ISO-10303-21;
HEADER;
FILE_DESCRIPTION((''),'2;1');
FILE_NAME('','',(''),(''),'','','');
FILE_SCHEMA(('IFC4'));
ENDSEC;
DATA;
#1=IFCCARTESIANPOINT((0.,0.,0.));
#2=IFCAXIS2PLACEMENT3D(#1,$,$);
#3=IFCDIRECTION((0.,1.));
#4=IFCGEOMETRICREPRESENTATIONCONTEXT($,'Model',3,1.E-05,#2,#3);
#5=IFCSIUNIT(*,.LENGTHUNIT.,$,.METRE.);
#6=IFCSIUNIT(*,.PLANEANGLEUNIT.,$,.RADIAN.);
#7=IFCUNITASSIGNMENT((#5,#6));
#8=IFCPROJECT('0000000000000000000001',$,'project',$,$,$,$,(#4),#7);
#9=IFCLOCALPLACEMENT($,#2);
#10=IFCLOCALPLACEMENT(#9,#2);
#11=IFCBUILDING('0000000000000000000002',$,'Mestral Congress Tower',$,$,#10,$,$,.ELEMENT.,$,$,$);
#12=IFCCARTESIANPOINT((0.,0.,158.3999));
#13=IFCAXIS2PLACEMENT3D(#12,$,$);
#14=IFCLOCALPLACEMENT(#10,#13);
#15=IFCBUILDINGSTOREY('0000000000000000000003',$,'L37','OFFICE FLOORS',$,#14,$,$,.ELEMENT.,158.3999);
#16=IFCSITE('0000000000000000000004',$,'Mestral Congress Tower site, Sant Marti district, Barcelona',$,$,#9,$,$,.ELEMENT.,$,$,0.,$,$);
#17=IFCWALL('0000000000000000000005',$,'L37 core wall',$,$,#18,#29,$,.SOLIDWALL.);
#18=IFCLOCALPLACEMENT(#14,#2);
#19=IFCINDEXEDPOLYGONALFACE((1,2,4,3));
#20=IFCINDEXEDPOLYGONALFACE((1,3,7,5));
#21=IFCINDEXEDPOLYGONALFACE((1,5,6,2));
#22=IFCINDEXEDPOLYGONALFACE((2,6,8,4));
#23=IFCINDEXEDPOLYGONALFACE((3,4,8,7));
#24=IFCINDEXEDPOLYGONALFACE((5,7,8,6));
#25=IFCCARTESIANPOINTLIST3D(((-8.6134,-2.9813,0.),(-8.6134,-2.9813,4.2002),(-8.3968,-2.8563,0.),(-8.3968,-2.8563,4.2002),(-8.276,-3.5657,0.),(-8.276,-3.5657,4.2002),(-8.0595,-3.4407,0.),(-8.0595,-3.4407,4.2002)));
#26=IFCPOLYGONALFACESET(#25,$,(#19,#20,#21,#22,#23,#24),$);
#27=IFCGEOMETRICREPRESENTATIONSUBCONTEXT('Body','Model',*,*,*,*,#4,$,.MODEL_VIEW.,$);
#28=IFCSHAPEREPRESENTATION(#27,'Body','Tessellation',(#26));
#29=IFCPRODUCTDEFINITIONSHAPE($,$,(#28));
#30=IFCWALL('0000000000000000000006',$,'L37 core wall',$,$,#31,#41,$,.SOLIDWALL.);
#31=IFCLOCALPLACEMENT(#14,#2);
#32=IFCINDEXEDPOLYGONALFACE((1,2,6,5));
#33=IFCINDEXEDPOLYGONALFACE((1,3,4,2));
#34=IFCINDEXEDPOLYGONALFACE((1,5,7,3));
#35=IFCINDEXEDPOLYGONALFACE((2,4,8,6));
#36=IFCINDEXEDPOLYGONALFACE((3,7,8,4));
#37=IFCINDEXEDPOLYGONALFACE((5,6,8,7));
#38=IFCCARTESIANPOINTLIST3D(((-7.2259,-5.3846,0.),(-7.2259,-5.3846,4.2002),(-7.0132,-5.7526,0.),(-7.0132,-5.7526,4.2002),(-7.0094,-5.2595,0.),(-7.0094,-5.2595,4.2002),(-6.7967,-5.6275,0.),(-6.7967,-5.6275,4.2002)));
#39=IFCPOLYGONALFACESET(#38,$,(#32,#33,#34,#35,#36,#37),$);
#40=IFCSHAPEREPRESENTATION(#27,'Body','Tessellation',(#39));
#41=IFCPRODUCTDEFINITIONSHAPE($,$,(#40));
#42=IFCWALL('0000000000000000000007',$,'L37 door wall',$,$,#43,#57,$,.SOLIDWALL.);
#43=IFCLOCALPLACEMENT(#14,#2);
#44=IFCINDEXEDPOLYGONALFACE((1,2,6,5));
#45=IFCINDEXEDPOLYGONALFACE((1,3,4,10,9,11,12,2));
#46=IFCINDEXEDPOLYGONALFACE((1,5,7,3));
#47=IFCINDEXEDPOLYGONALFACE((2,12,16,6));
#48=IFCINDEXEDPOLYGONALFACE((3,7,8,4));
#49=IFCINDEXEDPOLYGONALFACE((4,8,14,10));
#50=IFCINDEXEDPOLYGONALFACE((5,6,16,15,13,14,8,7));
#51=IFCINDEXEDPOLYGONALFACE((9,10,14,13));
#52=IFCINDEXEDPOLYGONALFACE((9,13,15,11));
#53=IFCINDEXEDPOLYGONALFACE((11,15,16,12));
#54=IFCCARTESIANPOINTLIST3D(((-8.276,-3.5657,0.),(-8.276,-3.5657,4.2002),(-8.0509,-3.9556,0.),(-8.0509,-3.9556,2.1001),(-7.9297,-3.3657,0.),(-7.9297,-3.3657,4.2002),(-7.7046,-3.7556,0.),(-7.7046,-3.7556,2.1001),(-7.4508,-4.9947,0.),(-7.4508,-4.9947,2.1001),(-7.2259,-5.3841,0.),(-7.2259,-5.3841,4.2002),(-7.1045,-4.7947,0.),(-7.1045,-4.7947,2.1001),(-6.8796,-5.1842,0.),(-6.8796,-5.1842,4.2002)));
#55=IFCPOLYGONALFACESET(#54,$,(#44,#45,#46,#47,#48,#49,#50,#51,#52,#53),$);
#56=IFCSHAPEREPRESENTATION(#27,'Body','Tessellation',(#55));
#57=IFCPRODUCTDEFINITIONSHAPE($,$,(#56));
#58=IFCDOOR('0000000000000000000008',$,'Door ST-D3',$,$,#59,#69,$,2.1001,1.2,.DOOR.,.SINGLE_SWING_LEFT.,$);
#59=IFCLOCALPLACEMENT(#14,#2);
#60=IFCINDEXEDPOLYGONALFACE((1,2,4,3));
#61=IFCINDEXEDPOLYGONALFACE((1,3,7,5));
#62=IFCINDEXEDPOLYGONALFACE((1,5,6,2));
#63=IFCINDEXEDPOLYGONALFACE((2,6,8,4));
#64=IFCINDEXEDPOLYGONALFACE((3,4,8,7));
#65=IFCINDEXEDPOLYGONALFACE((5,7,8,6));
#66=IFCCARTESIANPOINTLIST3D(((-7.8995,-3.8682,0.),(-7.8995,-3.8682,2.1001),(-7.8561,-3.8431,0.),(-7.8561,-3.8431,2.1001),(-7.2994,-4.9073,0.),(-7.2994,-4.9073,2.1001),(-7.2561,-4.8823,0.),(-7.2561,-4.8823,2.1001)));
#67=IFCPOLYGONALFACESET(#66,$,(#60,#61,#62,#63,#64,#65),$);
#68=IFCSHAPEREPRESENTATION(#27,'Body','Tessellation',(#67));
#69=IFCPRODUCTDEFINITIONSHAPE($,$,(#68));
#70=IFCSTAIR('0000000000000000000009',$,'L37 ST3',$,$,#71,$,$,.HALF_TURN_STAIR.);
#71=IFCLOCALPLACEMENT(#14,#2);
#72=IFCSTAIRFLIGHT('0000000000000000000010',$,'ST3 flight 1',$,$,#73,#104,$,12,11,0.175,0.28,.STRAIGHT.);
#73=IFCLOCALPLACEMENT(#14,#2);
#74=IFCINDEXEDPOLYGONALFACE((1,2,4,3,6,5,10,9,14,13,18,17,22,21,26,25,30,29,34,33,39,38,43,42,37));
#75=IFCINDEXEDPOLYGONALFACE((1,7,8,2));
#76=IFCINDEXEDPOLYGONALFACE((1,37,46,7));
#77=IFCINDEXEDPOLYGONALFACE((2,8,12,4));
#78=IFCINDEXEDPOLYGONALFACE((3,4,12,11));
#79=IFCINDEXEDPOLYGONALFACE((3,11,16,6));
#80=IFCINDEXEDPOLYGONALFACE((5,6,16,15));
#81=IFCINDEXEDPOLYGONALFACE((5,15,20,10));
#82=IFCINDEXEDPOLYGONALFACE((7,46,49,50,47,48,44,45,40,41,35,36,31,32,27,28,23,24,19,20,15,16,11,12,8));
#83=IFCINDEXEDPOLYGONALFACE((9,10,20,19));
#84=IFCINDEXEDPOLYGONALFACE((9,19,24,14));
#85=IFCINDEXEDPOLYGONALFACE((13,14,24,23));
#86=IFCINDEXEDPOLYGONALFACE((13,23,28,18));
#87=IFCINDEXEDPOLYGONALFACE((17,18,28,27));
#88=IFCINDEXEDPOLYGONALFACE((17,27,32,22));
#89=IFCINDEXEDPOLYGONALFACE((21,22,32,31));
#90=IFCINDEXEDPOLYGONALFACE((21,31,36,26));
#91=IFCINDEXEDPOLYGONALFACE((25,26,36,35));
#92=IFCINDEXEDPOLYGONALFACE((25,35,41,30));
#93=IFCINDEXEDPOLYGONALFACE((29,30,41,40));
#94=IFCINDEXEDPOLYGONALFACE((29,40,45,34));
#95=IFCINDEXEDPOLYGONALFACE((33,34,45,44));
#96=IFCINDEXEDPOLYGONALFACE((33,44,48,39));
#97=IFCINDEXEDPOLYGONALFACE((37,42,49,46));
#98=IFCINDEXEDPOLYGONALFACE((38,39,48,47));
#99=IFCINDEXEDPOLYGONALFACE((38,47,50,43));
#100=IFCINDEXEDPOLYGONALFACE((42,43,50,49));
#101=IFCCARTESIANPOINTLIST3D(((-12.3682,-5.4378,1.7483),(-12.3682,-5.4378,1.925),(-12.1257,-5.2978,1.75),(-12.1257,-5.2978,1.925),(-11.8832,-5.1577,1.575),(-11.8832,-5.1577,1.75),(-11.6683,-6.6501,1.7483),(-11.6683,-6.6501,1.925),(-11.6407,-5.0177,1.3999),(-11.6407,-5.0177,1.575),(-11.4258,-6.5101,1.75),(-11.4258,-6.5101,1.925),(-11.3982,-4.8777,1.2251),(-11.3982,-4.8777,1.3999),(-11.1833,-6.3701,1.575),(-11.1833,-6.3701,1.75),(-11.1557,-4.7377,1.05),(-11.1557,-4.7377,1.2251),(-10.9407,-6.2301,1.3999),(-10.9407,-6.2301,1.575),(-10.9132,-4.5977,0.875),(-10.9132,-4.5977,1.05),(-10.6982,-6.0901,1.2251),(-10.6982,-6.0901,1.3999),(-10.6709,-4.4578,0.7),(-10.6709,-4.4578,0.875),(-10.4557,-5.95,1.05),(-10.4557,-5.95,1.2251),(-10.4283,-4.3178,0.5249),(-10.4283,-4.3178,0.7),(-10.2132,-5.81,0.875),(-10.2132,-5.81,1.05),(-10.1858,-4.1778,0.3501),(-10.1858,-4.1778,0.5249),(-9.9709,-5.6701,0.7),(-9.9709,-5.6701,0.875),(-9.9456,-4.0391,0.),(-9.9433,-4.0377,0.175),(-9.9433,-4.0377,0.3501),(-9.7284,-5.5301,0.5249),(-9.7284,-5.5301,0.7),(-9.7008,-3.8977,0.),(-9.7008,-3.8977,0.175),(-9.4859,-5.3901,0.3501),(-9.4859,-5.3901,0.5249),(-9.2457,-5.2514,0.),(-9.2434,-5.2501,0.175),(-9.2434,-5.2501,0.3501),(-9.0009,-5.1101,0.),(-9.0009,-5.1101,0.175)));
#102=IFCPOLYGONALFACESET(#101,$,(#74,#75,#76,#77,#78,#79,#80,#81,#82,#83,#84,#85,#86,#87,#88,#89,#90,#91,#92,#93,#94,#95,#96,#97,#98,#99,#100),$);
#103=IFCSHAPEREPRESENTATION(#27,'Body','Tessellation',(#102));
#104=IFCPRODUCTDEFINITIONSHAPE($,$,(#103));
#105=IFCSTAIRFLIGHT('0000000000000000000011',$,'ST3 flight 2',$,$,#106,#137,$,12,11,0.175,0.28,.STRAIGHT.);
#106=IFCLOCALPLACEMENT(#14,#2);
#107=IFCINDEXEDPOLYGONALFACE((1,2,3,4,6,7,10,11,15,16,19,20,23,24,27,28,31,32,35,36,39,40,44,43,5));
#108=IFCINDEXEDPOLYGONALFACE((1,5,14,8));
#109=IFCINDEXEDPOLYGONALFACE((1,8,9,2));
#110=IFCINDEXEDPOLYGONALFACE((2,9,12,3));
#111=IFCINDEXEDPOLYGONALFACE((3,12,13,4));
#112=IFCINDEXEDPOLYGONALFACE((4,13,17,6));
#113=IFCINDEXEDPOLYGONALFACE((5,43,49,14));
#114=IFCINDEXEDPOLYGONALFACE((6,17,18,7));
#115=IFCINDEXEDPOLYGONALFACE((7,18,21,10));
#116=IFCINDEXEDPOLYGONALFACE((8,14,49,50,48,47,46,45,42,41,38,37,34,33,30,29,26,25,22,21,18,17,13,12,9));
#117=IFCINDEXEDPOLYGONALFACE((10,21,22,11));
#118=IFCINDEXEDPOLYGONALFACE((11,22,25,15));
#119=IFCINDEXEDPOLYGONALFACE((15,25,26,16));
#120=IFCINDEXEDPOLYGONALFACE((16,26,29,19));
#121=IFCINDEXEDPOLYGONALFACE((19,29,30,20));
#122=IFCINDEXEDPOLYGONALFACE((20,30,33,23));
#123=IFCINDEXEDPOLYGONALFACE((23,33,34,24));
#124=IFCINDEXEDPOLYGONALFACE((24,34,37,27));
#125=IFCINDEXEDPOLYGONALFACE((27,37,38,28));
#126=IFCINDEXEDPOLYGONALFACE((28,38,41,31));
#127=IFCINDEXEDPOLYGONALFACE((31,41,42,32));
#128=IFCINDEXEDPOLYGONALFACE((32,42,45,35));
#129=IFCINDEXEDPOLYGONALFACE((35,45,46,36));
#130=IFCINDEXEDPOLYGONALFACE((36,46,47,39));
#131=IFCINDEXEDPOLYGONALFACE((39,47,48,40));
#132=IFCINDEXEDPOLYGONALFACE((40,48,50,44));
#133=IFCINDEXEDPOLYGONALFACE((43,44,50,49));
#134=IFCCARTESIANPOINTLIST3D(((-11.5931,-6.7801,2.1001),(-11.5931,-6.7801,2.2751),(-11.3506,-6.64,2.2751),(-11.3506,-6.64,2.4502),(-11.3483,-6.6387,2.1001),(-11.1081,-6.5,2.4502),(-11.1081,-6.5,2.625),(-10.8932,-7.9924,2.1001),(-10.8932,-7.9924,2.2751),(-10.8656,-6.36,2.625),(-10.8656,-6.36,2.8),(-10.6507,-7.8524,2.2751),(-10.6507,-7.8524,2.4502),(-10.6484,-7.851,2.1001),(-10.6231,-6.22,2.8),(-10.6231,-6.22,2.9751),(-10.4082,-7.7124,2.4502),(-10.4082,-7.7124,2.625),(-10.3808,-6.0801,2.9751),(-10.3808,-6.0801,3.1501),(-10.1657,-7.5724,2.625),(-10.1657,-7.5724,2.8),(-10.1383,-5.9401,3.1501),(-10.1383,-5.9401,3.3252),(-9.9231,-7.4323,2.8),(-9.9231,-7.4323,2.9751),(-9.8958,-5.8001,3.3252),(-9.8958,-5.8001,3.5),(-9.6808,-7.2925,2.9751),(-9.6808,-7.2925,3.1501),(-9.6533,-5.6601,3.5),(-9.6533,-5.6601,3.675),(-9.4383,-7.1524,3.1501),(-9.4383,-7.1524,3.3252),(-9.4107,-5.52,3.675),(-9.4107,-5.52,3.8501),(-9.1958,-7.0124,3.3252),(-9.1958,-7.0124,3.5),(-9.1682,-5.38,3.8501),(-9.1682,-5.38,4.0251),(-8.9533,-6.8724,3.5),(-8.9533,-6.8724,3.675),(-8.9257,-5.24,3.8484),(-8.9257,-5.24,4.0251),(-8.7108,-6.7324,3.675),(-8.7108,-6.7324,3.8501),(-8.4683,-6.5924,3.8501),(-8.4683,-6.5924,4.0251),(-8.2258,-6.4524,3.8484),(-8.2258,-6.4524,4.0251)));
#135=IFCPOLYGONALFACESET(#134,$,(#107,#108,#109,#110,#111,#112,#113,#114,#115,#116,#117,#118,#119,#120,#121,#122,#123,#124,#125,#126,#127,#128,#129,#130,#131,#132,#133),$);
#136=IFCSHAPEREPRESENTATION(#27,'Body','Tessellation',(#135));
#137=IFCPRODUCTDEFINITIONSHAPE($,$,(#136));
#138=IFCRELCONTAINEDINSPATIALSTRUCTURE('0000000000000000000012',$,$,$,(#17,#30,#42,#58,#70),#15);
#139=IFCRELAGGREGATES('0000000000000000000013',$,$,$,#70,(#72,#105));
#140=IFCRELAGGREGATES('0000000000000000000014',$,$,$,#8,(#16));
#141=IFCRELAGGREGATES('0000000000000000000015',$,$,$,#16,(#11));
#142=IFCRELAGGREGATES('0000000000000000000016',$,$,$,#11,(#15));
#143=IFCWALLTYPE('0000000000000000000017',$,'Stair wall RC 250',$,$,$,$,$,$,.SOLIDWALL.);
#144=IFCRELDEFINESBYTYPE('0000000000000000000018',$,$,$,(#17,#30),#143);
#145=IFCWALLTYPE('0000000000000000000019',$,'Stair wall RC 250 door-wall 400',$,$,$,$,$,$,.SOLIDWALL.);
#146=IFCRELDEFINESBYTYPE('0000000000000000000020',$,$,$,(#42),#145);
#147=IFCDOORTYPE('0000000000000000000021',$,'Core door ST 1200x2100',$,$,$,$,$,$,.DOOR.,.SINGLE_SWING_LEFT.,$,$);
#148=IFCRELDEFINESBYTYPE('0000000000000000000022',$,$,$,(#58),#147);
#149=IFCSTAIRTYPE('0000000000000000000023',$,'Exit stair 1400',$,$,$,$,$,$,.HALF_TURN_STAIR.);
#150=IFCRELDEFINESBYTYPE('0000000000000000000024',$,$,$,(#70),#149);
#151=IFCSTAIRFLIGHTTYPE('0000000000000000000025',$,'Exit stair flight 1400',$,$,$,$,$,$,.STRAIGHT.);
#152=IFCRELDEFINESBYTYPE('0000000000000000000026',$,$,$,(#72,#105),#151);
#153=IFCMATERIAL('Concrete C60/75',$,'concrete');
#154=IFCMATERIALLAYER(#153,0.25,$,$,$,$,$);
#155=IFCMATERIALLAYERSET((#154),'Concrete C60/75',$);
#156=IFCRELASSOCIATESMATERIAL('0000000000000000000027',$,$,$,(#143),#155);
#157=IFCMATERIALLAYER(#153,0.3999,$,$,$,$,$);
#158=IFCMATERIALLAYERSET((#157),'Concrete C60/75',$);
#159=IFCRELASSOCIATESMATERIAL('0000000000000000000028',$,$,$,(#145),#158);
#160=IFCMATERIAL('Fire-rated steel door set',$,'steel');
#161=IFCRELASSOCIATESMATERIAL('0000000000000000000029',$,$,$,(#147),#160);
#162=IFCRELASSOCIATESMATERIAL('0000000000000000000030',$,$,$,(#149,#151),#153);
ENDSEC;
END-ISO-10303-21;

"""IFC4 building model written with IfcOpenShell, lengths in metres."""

from ifc_helpers import new_model, si_unit, direction, frame, frame_2d, origin, place, context, subcontext, project, spatial, polyline, rectangle, outline, extrude, material, layer, layer_set, type_object, element, fill, aggregate, save


model = new_model("IFC4")

# Units and contexts
model_context = context("Model", 3, precision=1e-05, world=origin(), true_north=direction((0.0, 1.0)))
body_context = subcontext(model_context, "Body", "Model", "MODEL_VIEW")
ifc_project = project(units=[si_unit("LENGTHUNIT", "METRE"), si_unit("PLANEANGLEUNIT", "RADIAN")], contexts=[model_context])

# Site, building, storey
site_placement = place(None, origin())
site = spatial("IfcSite", under=ifc_project, at=site_placement, Name="Mestral Congress Tower site, Sant Marti district, Barcelona", CompositionType="ELEMENT", RefElevation=0.0)
building_placement = place(site_placement, origin())
building = spatial("IfcBuilding", under=site, at=building_placement, Name="Mestral Congress Tower", CompositionType="ELEMENT")
storey_placement = place(building_placement, frame((0.0, 0.0, 158.3999)))
storey = spatial("IfcBuildingStorey", under=building, at=storey_placement, Name="L37", Description="OFFICE FLOORS", CompositionType="ELEMENT", Elevation=158.3999)

# Shared definitions
ifc_material_1 = material(Name="Fire-rated steel door set", Category="steel")

# Shared definitions
ifc_material_2 = material(Name="Concrete C60/75", Category="concrete")

# Walls
ifc_layer_1 = layer(ifc_material_2, 0.25)
ifc_layer_set_1 = layer_set([ifc_layer_1], Name="Concrete C60/75")
wall_type_1 = type_object("IfcWallType", Name="Stair wall RC 250", PredefinedType="SOLIDWALL", material=ifc_layer_set_1)
wall_1_placement = place(storey_placement, frame((-8.1677, -3.5032, 0.0), z_axis=(0.0, 0.0, 1.0), x_axis=(-0.499952, 0.866053, 0.0)))
element("IfcWall", 1, at=wall_1_placement, inside=storey, type_object=wall_type_1, Name="L37 core wall", PredefinedType="SOLIDWALL", context=body_context, shape_type="SweptSolid", body=[
    extrude(rectangle(XDim=0.6748, YDim=0.25, at=frame_2d((0.3374, 0.0))), origin(), (0.0, 0.0, 1.0), 4.2002),
])
wall_2_placement = place(storey_placement, frame((-6.905, -5.6899, 0.0), z_axis=(0.0, 0.0, 1.0), x_axis=(-0.500402, 0.865793, 0.0)))
element("IfcWall", 2, at=wall_2_placement, inside=storey, type_object=wall_type_1, Name="L37 core wall", PredefinedType="SOLIDWALL", context=body_context, shape_type="SweptSolid", body=[
    extrude(rectangle(XDim=0.425, YDim=0.25, at=frame_2d((0.2124, 0.0))), origin(), (0.0, 0.0, 1.0), 4.2002),
])

# Wall, opening, door
ifc_layer_2 = layer(ifc_material_2, 0.3999)
ifc_layer_set_2 = layer_set([ifc_layer_2], Name="Concrete C60/75")
wall_type_2 = type_object("IfcWallType", Name="Stair wall RC 250 door-wall 400", PredefinedType="SOLIDWALL", material=ifc_layer_set_2)
wall_3_placement = place(storey_placement, frame((-8.1028, -3.4658, 0.0), z_axis=(0.0, 0.0, 1.0), x_axis=(0.500078, -0.86598, 0.0)))
wall_3 = element("IfcWall", 3, at=wall_3_placement, inside=storey, type_object=wall_type_2, Name="L37 door wall", PredefinedType="SOLIDWALL", context=body_context, shape_type="SweptSolid", body=[
    extrude(rectangle(XDim=2.0999, YDim=0.3999, at=frame_2d((1.0498, 0.0))), origin(), (0.0, 0.0, 1.0), 4.2002),
])
opening_1_placement = place(wall_3_placement, frame((0.45, 0.0, 0.0)))
opening_1 = element("IfcOpeningElement", 4, at=opening_1_placement, cuts=wall_3, PredefinedType="OPENING", context=body_context, shape_type="SweptSolid", body=[
    extrude(rectangle(XDim=1.2, YDim=2.1001, at=frame_2d((0.6001, 1.05))), frame((0.0, 0.21, 0.0), z_axis=(0.0, -1.0, 0.0), x_axis=(1.0, 0.0, 0.0)), (0.0, 0.0, 1.0), 0.4199),
])
door_type_1 = type_object("IfcDoorType", Name="Core door ST 1200x2100", OperationType="SINGLE_SWING_LEFT", PredefinedType="DOOR", material=ifc_material_1)
door_1_placement = place(opening_1_placement, origin())
door_1 = element("IfcDoor", 5, at=door_1_placement, inside=storey, type_object=door_type_1, Name="Door ST-D3", OperationType="SINGLE_SWING_LEFT", OverallHeight=2.1001, OverallWidth=1.2, PredefinedType="DOOR", context=body_context, shape_type="SweptSolid", body=[
    extrude(rectangle(XDim=1.2, YDim=2.1001, at=frame_2d((0.6001, 1.05))), frame((0.0, 0.0249, 0.0), z_axis=(0.0, -1.0, 0.0), x_axis=(1.0, 0.0, 0.0)), (0.0, 0.0, 1.0), 0.05),
])
fill(opening_1, door_1)

# Stair, stair flights
stair_type = type_object("IfcStairType", Name="Exit stair 1400", PredefinedType="HALF_TURN_STAIR", material=ifc_material_2)
stair_placement = place(storey_placement, origin())
stair = element("IfcStair", 6, at=stair_placement, inside=storey, type_object=stair_type, Name="L37 ST3", PredefinedType="HALF_TURN_STAIR")
stair_flight_type = type_object("IfcStairFlightType", Name="Exit stair flight 1400", PredefinedType="STRAIGHT", material=ifc_material_2)
stair_flight_1_placement = place(storey_placement, frame((-9.3508, -4.5039, 0.0), z_axis=(0.0, 0.0, 1.0), x_axis=(-0.866025, -0.5, 0.0)))
stair_flight_1 = element("IfcStairFlight", 7, at=stair_flight_1_placement, type_object=stair_flight_type, Name="ST3 flight 1", NumberOfRisers=12, NumberOfTreads=11, PredefinedType="STRAIGHT", RiserHeight=0.175, TreadLength=0.28, context=body_context, shape_type="SweptSolid", body=[
    extrude(outline(polyline([(0.0, 0.0), (0.0, 0.175), (0.28, 0.175), (0.28, 0.3501), (0.5601, 0.3501), (0.5601, 0.5249), (0.8401, 0.5249), (0.8401, 0.7), (1.1201, 0.7), (1.1201, 0.875), (1.3999, 0.875), (1.3999, 1.05), (1.6799, 1.05), (1.6799, 1.2251), (1.96, 1.2251), (1.96, 1.3999), (2.24, 1.3999), (2.24, 1.575), (2.52, 1.575), (2.52, 1.75), (2.8, 1.75), (2.8, 1.925), (3.0801, 1.925), (3.0801, 2.1001), (3.0801, 1.7483), (0.2827, 0.0), (0.0, 0.0)])), frame((0.0, 0.7, 0.0), z_axis=(0.0, -1.0, 0.0), x_axis=(1.0, 0.0, 0.0)), (0.0, 0.0, 1.0), 1.3999),
])
stair_flight_2_placement = place(storey_placement, frame((-11.2432, -7.3862, 2.1001), z_axis=(0.0, 0.0, 1.0), x_axis=(0.866025, 0.5, 0.0)))
stair_flight_2 = element("IfcStairFlight", 8, at=stair_flight_2_placement, type_object=stair_flight_type, Name="ST3 flight 2", NumberOfRisers=12, NumberOfTreads=11, PredefinedType="STRAIGHT", RiserHeight=0.175, TreadLength=0.28, context=body_context, shape_type="SweptSolid", body=[
    extrude(outline(polyline([(0.0, 0.0), (0.0, 0.175), (0.28, 0.175), (0.28, 0.3501), (0.5601, 0.3501), (0.5601, 0.5249), (0.8401, 0.5249), (0.8401, 0.7), (1.1201, 0.7), (1.1201, 0.875), (1.3999, 0.875), (1.3999, 1.05), (1.6799, 1.05), (1.6799, 1.2251), (1.96, 1.2251), (1.96, 1.3999), (2.24, 1.3999), (2.24, 1.575), (2.52, 1.575), (2.52, 1.75), (2.8, 1.75), (2.8, 1.925), (3.0801, 1.925), (3.0801, 2.1001), (3.0801, 1.7483), (0.2827, 0.0), (0.0, 0.0)])), frame((0.0, 0.7, 0.0), z_axis=(0.0, -1.0, 0.0), x_axis=(1.0, 0.0, 0.0)), (0.0, 0.0, 1.0), 1.3999),
])
aggregate(stair, [stair_flight_1, stair_flight_2])

save(model, "model.ifc")
